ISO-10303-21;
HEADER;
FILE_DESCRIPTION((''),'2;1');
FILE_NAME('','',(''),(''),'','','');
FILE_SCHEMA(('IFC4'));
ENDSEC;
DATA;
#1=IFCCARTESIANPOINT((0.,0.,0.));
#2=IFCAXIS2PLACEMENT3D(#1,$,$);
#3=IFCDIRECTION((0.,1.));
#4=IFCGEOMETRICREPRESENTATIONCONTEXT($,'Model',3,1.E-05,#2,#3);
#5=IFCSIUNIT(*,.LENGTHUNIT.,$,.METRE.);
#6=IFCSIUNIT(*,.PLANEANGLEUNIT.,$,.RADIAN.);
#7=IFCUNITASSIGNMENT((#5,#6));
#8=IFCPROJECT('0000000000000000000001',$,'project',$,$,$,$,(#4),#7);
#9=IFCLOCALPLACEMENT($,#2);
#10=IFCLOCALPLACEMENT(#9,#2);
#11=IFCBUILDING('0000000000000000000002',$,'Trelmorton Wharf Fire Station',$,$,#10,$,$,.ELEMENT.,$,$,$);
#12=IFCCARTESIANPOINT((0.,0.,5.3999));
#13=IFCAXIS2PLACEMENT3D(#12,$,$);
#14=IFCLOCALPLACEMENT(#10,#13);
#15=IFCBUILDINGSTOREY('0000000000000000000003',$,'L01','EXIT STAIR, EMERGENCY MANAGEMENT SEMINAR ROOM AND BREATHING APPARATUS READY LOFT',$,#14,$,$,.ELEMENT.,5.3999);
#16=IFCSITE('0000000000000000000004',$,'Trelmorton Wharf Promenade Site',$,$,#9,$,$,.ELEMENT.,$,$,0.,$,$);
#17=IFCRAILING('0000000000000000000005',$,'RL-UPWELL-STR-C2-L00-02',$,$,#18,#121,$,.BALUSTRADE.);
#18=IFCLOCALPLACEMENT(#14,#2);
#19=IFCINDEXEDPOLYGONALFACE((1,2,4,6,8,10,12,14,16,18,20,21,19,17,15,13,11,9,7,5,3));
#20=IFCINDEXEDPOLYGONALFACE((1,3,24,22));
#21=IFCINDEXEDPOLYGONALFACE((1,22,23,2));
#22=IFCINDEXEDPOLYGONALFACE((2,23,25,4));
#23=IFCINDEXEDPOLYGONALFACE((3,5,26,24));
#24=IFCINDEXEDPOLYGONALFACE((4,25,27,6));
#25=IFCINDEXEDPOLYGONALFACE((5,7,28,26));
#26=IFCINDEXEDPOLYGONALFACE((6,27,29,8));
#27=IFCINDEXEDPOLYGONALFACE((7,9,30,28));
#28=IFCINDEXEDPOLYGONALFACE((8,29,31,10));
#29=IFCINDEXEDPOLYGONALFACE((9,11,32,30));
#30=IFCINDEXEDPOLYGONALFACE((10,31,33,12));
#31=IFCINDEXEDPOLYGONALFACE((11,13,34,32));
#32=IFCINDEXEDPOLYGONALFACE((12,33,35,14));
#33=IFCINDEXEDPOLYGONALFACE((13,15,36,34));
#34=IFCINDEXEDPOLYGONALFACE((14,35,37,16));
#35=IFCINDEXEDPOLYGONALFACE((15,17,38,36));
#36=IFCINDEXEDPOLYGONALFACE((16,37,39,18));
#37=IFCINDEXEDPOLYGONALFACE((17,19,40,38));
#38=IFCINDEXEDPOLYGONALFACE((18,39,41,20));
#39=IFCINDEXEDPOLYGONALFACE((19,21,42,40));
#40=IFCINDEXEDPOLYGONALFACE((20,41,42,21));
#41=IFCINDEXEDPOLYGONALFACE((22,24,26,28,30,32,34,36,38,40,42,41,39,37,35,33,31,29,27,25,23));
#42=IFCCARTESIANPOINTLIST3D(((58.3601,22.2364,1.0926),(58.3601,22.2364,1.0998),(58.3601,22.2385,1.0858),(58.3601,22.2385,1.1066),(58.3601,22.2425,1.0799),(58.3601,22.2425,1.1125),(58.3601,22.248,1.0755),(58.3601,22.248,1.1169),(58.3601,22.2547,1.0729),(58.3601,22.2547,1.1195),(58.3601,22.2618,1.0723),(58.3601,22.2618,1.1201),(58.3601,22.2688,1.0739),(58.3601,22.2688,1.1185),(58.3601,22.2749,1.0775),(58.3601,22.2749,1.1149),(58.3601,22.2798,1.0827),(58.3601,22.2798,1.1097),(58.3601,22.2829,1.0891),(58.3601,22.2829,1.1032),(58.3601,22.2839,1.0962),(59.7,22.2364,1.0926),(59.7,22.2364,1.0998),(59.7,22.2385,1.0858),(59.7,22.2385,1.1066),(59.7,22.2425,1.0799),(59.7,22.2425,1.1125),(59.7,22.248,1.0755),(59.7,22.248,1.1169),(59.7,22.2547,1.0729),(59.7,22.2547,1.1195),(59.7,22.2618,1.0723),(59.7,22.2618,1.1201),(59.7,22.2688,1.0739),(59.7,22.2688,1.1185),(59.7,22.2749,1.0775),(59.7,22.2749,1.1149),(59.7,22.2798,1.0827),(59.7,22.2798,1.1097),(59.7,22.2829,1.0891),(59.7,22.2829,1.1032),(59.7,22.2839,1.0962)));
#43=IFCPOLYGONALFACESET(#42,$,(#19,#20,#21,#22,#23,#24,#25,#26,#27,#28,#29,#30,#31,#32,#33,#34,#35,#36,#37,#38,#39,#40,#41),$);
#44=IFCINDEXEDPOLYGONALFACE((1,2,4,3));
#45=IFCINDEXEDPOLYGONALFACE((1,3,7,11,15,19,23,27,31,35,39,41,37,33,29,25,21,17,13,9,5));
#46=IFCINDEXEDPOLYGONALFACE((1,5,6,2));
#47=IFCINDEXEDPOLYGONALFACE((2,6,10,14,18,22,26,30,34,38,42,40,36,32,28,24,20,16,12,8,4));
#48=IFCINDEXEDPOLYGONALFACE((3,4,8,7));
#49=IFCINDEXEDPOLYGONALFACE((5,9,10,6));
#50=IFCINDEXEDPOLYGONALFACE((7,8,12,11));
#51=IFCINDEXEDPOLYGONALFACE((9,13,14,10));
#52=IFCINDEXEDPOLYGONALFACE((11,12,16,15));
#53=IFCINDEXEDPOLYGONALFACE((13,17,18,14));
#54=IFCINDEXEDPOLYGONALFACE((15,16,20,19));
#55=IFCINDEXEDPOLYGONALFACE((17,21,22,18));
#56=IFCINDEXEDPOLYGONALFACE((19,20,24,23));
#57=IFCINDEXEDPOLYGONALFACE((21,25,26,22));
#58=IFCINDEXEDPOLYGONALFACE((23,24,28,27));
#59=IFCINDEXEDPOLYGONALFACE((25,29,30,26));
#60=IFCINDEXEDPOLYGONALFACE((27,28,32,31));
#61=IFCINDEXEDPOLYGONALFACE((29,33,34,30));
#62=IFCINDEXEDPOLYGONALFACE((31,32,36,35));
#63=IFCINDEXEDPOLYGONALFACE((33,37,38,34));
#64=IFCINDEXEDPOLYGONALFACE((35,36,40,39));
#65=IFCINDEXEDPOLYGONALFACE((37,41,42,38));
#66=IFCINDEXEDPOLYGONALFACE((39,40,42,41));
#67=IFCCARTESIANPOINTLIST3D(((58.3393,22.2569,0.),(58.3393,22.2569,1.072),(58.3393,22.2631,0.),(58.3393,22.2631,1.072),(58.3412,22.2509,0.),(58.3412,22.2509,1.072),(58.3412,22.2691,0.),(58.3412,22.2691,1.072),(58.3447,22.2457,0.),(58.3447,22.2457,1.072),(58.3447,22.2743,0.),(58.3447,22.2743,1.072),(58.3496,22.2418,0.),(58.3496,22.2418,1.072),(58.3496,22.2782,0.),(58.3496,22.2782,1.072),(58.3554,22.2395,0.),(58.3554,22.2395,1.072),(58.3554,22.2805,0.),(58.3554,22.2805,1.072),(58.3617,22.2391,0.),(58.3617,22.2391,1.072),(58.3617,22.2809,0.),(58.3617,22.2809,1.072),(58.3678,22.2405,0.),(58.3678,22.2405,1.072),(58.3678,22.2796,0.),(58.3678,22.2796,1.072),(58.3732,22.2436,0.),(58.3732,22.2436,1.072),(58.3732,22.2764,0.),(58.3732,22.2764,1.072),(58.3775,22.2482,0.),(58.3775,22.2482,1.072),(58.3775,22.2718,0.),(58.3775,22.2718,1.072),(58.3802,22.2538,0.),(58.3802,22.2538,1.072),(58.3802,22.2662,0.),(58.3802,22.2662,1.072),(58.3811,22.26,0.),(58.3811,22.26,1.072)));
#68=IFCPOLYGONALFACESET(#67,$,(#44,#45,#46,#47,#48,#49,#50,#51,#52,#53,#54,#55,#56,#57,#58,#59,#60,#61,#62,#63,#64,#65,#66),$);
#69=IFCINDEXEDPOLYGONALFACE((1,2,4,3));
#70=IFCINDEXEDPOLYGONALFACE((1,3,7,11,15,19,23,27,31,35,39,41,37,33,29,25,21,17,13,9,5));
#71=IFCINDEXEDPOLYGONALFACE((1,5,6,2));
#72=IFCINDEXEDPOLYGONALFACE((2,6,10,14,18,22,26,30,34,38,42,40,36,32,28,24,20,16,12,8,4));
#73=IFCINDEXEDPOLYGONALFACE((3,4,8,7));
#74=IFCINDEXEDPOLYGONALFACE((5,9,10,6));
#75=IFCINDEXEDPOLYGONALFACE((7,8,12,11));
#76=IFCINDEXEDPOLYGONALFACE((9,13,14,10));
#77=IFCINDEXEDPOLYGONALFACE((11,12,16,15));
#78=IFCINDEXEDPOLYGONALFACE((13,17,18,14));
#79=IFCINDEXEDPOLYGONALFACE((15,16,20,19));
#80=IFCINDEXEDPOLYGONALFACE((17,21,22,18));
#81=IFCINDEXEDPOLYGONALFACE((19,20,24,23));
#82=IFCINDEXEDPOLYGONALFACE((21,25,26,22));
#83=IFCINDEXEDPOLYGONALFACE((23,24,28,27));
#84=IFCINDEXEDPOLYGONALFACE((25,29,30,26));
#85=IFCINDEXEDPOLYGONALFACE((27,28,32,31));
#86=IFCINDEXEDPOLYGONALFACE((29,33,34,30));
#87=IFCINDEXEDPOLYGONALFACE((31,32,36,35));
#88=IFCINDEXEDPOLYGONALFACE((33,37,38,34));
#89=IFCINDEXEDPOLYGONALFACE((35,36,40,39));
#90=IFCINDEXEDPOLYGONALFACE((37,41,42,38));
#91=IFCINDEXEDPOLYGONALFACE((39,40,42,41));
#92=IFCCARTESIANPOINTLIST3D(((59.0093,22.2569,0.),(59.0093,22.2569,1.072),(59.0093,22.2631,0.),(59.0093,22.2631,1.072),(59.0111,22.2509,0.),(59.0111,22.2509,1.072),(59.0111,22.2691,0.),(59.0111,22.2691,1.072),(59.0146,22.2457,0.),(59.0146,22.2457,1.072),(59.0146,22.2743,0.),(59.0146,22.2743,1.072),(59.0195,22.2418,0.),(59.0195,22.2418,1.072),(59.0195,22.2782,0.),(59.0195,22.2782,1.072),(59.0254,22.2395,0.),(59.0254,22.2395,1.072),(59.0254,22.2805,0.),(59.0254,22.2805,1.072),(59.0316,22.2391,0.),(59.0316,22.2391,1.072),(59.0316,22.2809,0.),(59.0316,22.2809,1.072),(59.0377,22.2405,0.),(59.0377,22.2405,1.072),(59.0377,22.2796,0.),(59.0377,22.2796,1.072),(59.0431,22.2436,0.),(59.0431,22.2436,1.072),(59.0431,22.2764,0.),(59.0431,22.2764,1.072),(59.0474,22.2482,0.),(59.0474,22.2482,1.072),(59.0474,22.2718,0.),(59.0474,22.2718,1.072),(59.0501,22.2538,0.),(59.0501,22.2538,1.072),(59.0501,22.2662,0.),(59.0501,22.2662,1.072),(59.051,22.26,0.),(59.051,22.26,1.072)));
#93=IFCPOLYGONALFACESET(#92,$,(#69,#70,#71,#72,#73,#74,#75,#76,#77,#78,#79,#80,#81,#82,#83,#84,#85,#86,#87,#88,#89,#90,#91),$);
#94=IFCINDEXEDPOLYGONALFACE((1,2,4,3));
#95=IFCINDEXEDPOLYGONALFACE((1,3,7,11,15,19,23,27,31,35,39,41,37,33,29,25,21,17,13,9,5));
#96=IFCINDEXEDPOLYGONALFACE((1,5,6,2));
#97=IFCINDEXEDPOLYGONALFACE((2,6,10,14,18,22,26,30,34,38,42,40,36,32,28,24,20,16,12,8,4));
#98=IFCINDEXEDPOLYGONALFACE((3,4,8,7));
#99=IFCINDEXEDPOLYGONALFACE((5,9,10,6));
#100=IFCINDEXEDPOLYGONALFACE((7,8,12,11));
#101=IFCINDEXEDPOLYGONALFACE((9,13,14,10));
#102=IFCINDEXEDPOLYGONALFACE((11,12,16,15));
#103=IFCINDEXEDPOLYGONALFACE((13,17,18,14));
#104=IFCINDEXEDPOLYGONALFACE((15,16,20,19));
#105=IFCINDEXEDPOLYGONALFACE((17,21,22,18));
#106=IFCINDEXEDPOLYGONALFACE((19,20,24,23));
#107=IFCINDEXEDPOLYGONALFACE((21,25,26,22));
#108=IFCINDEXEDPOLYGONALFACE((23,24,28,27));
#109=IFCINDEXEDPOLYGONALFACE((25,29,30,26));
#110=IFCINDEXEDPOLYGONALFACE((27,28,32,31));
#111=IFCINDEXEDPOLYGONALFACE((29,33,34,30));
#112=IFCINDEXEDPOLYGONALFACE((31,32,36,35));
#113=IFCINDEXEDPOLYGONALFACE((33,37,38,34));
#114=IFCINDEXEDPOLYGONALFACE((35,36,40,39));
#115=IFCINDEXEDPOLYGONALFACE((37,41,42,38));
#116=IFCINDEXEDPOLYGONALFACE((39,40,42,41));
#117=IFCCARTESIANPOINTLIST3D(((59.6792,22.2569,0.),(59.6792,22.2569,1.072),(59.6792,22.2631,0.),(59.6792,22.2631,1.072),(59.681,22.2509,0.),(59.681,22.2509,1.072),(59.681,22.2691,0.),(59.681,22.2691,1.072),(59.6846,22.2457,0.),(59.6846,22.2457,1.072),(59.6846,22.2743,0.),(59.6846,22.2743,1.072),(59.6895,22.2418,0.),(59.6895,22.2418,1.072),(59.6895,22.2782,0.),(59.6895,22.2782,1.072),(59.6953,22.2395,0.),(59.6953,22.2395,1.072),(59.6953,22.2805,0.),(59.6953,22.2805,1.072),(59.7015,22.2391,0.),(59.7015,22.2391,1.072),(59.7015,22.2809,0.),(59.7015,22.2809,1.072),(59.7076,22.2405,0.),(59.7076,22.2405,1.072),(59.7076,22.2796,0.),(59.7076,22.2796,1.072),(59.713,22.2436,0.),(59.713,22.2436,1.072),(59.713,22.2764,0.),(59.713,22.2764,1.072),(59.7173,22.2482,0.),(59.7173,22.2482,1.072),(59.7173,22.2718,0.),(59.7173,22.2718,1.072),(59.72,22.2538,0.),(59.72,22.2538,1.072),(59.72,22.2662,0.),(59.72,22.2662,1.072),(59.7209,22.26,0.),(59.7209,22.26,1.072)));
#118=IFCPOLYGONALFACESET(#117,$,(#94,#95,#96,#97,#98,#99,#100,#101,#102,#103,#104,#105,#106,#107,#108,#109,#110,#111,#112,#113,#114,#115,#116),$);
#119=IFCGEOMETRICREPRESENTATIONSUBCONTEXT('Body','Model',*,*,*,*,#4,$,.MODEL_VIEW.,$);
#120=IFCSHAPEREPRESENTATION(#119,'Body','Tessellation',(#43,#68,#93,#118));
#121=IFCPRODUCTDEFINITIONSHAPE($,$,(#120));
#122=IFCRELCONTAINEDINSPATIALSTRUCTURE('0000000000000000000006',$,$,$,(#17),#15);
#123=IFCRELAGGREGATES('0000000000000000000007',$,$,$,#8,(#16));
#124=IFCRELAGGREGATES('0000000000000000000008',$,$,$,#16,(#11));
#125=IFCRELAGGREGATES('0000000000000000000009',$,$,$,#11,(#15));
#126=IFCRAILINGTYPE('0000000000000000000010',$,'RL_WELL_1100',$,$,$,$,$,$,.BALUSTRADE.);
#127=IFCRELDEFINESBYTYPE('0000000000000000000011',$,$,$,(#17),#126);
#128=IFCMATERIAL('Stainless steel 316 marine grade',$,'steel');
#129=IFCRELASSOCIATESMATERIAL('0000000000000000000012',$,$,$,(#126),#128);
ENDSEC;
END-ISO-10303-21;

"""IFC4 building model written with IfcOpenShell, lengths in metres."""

from ifc_helpers import new_model, si_unit, direction, frame, origin, origin_2d, place, context, subcontext, project, spatial, circle, extrude, material, type_object, element, save


model = new_model("IFC4")

# Units and contexts
model_context = context("Model", 3, precision=1e-05, world=origin(), true_north=direction((0.0, 1.0)))
body_context = subcontext(model_context, "Body", "Model", "MODEL_VIEW")
ifc_project = project(units=[si_unit("LENGTHUNIT", "METRE"), si_unit("PLANEANGLEUNIT", "RADIAN")], contexts=[model_context])

# Site, building, storey
site_placement = place(None, origin())
site = spatial("IfcSite", under=ifc_project, at=site_placement, Name="Trelmorton Wharf Promenade Site", CompositionType="ELEMENT", RefElevation=0.0)
building_placement = place(site_placement, origin())
building = spatial("IfcBuilding", under=site, at=building_placement, Name="Trelmorton Wharf Fire Station", CompositionType="ELEMENT")
storey_placement = place(building_placement, frame((0.0, 0.0, 5.3999)))
storey = spatial("IfcBuildingStorey", under=building, at=storey_placement, Name="L01", Description="EXIT STAIR, EMERGENCY MANAGEMENT SEMINAR ROOM AND BREATHING APPARATUS READY LOFT", CompositionType="ELEMENT", Elevation=5.3999)

# Shared definitions
ifc_material_1 = material(Name="Stainless steel 316 marine grade", Category="steel")

# Railing
railing_type_1 = type_object("IfcRailingType", Name="RL_WELL_1100", PredefinedType="BALUSTRADE", material=ifc_material_1)
railing_1_placement = place(storey_placement, frame((58.3601, 22.26, 0.0)))
element("IfcRailing", 1, at=railing_1_placement, inside=storey, type_object=railing_type_1, Name="RL-UPWELL-STR-C2-L00-02", PredefinedType="BALUSTRADE", context=body_context, shape_type="SweptSolid", body=[
    extrude(circle(Radius=0.0239, at=origin_2d()), frame((0.0, 0.0, 1.0962), z_axis=(1.0, 0.0, 0.0), x_axis=(0.0, 1.0, 0.0)), (0.0, 0.0, 1.0), 1.3398),
    extrude(circle(Radius=0.021, at=origin_2d()), origin(), (0.0, 0.0, 1.0), 1.072),
    extrude(circle(Radius=0.021, at=origin_2d()), frame((0.6699, 0.0, 0.0)), (0.0, 0.0, 1.0), 1.072),
    extrude(circle(Radius=0.021, at=origin_2d()), frame((1.3398, 0.0, 0.0)), (0.0, 0.0, 1.0), 1.072),
])

save(model, "model.ifc")
